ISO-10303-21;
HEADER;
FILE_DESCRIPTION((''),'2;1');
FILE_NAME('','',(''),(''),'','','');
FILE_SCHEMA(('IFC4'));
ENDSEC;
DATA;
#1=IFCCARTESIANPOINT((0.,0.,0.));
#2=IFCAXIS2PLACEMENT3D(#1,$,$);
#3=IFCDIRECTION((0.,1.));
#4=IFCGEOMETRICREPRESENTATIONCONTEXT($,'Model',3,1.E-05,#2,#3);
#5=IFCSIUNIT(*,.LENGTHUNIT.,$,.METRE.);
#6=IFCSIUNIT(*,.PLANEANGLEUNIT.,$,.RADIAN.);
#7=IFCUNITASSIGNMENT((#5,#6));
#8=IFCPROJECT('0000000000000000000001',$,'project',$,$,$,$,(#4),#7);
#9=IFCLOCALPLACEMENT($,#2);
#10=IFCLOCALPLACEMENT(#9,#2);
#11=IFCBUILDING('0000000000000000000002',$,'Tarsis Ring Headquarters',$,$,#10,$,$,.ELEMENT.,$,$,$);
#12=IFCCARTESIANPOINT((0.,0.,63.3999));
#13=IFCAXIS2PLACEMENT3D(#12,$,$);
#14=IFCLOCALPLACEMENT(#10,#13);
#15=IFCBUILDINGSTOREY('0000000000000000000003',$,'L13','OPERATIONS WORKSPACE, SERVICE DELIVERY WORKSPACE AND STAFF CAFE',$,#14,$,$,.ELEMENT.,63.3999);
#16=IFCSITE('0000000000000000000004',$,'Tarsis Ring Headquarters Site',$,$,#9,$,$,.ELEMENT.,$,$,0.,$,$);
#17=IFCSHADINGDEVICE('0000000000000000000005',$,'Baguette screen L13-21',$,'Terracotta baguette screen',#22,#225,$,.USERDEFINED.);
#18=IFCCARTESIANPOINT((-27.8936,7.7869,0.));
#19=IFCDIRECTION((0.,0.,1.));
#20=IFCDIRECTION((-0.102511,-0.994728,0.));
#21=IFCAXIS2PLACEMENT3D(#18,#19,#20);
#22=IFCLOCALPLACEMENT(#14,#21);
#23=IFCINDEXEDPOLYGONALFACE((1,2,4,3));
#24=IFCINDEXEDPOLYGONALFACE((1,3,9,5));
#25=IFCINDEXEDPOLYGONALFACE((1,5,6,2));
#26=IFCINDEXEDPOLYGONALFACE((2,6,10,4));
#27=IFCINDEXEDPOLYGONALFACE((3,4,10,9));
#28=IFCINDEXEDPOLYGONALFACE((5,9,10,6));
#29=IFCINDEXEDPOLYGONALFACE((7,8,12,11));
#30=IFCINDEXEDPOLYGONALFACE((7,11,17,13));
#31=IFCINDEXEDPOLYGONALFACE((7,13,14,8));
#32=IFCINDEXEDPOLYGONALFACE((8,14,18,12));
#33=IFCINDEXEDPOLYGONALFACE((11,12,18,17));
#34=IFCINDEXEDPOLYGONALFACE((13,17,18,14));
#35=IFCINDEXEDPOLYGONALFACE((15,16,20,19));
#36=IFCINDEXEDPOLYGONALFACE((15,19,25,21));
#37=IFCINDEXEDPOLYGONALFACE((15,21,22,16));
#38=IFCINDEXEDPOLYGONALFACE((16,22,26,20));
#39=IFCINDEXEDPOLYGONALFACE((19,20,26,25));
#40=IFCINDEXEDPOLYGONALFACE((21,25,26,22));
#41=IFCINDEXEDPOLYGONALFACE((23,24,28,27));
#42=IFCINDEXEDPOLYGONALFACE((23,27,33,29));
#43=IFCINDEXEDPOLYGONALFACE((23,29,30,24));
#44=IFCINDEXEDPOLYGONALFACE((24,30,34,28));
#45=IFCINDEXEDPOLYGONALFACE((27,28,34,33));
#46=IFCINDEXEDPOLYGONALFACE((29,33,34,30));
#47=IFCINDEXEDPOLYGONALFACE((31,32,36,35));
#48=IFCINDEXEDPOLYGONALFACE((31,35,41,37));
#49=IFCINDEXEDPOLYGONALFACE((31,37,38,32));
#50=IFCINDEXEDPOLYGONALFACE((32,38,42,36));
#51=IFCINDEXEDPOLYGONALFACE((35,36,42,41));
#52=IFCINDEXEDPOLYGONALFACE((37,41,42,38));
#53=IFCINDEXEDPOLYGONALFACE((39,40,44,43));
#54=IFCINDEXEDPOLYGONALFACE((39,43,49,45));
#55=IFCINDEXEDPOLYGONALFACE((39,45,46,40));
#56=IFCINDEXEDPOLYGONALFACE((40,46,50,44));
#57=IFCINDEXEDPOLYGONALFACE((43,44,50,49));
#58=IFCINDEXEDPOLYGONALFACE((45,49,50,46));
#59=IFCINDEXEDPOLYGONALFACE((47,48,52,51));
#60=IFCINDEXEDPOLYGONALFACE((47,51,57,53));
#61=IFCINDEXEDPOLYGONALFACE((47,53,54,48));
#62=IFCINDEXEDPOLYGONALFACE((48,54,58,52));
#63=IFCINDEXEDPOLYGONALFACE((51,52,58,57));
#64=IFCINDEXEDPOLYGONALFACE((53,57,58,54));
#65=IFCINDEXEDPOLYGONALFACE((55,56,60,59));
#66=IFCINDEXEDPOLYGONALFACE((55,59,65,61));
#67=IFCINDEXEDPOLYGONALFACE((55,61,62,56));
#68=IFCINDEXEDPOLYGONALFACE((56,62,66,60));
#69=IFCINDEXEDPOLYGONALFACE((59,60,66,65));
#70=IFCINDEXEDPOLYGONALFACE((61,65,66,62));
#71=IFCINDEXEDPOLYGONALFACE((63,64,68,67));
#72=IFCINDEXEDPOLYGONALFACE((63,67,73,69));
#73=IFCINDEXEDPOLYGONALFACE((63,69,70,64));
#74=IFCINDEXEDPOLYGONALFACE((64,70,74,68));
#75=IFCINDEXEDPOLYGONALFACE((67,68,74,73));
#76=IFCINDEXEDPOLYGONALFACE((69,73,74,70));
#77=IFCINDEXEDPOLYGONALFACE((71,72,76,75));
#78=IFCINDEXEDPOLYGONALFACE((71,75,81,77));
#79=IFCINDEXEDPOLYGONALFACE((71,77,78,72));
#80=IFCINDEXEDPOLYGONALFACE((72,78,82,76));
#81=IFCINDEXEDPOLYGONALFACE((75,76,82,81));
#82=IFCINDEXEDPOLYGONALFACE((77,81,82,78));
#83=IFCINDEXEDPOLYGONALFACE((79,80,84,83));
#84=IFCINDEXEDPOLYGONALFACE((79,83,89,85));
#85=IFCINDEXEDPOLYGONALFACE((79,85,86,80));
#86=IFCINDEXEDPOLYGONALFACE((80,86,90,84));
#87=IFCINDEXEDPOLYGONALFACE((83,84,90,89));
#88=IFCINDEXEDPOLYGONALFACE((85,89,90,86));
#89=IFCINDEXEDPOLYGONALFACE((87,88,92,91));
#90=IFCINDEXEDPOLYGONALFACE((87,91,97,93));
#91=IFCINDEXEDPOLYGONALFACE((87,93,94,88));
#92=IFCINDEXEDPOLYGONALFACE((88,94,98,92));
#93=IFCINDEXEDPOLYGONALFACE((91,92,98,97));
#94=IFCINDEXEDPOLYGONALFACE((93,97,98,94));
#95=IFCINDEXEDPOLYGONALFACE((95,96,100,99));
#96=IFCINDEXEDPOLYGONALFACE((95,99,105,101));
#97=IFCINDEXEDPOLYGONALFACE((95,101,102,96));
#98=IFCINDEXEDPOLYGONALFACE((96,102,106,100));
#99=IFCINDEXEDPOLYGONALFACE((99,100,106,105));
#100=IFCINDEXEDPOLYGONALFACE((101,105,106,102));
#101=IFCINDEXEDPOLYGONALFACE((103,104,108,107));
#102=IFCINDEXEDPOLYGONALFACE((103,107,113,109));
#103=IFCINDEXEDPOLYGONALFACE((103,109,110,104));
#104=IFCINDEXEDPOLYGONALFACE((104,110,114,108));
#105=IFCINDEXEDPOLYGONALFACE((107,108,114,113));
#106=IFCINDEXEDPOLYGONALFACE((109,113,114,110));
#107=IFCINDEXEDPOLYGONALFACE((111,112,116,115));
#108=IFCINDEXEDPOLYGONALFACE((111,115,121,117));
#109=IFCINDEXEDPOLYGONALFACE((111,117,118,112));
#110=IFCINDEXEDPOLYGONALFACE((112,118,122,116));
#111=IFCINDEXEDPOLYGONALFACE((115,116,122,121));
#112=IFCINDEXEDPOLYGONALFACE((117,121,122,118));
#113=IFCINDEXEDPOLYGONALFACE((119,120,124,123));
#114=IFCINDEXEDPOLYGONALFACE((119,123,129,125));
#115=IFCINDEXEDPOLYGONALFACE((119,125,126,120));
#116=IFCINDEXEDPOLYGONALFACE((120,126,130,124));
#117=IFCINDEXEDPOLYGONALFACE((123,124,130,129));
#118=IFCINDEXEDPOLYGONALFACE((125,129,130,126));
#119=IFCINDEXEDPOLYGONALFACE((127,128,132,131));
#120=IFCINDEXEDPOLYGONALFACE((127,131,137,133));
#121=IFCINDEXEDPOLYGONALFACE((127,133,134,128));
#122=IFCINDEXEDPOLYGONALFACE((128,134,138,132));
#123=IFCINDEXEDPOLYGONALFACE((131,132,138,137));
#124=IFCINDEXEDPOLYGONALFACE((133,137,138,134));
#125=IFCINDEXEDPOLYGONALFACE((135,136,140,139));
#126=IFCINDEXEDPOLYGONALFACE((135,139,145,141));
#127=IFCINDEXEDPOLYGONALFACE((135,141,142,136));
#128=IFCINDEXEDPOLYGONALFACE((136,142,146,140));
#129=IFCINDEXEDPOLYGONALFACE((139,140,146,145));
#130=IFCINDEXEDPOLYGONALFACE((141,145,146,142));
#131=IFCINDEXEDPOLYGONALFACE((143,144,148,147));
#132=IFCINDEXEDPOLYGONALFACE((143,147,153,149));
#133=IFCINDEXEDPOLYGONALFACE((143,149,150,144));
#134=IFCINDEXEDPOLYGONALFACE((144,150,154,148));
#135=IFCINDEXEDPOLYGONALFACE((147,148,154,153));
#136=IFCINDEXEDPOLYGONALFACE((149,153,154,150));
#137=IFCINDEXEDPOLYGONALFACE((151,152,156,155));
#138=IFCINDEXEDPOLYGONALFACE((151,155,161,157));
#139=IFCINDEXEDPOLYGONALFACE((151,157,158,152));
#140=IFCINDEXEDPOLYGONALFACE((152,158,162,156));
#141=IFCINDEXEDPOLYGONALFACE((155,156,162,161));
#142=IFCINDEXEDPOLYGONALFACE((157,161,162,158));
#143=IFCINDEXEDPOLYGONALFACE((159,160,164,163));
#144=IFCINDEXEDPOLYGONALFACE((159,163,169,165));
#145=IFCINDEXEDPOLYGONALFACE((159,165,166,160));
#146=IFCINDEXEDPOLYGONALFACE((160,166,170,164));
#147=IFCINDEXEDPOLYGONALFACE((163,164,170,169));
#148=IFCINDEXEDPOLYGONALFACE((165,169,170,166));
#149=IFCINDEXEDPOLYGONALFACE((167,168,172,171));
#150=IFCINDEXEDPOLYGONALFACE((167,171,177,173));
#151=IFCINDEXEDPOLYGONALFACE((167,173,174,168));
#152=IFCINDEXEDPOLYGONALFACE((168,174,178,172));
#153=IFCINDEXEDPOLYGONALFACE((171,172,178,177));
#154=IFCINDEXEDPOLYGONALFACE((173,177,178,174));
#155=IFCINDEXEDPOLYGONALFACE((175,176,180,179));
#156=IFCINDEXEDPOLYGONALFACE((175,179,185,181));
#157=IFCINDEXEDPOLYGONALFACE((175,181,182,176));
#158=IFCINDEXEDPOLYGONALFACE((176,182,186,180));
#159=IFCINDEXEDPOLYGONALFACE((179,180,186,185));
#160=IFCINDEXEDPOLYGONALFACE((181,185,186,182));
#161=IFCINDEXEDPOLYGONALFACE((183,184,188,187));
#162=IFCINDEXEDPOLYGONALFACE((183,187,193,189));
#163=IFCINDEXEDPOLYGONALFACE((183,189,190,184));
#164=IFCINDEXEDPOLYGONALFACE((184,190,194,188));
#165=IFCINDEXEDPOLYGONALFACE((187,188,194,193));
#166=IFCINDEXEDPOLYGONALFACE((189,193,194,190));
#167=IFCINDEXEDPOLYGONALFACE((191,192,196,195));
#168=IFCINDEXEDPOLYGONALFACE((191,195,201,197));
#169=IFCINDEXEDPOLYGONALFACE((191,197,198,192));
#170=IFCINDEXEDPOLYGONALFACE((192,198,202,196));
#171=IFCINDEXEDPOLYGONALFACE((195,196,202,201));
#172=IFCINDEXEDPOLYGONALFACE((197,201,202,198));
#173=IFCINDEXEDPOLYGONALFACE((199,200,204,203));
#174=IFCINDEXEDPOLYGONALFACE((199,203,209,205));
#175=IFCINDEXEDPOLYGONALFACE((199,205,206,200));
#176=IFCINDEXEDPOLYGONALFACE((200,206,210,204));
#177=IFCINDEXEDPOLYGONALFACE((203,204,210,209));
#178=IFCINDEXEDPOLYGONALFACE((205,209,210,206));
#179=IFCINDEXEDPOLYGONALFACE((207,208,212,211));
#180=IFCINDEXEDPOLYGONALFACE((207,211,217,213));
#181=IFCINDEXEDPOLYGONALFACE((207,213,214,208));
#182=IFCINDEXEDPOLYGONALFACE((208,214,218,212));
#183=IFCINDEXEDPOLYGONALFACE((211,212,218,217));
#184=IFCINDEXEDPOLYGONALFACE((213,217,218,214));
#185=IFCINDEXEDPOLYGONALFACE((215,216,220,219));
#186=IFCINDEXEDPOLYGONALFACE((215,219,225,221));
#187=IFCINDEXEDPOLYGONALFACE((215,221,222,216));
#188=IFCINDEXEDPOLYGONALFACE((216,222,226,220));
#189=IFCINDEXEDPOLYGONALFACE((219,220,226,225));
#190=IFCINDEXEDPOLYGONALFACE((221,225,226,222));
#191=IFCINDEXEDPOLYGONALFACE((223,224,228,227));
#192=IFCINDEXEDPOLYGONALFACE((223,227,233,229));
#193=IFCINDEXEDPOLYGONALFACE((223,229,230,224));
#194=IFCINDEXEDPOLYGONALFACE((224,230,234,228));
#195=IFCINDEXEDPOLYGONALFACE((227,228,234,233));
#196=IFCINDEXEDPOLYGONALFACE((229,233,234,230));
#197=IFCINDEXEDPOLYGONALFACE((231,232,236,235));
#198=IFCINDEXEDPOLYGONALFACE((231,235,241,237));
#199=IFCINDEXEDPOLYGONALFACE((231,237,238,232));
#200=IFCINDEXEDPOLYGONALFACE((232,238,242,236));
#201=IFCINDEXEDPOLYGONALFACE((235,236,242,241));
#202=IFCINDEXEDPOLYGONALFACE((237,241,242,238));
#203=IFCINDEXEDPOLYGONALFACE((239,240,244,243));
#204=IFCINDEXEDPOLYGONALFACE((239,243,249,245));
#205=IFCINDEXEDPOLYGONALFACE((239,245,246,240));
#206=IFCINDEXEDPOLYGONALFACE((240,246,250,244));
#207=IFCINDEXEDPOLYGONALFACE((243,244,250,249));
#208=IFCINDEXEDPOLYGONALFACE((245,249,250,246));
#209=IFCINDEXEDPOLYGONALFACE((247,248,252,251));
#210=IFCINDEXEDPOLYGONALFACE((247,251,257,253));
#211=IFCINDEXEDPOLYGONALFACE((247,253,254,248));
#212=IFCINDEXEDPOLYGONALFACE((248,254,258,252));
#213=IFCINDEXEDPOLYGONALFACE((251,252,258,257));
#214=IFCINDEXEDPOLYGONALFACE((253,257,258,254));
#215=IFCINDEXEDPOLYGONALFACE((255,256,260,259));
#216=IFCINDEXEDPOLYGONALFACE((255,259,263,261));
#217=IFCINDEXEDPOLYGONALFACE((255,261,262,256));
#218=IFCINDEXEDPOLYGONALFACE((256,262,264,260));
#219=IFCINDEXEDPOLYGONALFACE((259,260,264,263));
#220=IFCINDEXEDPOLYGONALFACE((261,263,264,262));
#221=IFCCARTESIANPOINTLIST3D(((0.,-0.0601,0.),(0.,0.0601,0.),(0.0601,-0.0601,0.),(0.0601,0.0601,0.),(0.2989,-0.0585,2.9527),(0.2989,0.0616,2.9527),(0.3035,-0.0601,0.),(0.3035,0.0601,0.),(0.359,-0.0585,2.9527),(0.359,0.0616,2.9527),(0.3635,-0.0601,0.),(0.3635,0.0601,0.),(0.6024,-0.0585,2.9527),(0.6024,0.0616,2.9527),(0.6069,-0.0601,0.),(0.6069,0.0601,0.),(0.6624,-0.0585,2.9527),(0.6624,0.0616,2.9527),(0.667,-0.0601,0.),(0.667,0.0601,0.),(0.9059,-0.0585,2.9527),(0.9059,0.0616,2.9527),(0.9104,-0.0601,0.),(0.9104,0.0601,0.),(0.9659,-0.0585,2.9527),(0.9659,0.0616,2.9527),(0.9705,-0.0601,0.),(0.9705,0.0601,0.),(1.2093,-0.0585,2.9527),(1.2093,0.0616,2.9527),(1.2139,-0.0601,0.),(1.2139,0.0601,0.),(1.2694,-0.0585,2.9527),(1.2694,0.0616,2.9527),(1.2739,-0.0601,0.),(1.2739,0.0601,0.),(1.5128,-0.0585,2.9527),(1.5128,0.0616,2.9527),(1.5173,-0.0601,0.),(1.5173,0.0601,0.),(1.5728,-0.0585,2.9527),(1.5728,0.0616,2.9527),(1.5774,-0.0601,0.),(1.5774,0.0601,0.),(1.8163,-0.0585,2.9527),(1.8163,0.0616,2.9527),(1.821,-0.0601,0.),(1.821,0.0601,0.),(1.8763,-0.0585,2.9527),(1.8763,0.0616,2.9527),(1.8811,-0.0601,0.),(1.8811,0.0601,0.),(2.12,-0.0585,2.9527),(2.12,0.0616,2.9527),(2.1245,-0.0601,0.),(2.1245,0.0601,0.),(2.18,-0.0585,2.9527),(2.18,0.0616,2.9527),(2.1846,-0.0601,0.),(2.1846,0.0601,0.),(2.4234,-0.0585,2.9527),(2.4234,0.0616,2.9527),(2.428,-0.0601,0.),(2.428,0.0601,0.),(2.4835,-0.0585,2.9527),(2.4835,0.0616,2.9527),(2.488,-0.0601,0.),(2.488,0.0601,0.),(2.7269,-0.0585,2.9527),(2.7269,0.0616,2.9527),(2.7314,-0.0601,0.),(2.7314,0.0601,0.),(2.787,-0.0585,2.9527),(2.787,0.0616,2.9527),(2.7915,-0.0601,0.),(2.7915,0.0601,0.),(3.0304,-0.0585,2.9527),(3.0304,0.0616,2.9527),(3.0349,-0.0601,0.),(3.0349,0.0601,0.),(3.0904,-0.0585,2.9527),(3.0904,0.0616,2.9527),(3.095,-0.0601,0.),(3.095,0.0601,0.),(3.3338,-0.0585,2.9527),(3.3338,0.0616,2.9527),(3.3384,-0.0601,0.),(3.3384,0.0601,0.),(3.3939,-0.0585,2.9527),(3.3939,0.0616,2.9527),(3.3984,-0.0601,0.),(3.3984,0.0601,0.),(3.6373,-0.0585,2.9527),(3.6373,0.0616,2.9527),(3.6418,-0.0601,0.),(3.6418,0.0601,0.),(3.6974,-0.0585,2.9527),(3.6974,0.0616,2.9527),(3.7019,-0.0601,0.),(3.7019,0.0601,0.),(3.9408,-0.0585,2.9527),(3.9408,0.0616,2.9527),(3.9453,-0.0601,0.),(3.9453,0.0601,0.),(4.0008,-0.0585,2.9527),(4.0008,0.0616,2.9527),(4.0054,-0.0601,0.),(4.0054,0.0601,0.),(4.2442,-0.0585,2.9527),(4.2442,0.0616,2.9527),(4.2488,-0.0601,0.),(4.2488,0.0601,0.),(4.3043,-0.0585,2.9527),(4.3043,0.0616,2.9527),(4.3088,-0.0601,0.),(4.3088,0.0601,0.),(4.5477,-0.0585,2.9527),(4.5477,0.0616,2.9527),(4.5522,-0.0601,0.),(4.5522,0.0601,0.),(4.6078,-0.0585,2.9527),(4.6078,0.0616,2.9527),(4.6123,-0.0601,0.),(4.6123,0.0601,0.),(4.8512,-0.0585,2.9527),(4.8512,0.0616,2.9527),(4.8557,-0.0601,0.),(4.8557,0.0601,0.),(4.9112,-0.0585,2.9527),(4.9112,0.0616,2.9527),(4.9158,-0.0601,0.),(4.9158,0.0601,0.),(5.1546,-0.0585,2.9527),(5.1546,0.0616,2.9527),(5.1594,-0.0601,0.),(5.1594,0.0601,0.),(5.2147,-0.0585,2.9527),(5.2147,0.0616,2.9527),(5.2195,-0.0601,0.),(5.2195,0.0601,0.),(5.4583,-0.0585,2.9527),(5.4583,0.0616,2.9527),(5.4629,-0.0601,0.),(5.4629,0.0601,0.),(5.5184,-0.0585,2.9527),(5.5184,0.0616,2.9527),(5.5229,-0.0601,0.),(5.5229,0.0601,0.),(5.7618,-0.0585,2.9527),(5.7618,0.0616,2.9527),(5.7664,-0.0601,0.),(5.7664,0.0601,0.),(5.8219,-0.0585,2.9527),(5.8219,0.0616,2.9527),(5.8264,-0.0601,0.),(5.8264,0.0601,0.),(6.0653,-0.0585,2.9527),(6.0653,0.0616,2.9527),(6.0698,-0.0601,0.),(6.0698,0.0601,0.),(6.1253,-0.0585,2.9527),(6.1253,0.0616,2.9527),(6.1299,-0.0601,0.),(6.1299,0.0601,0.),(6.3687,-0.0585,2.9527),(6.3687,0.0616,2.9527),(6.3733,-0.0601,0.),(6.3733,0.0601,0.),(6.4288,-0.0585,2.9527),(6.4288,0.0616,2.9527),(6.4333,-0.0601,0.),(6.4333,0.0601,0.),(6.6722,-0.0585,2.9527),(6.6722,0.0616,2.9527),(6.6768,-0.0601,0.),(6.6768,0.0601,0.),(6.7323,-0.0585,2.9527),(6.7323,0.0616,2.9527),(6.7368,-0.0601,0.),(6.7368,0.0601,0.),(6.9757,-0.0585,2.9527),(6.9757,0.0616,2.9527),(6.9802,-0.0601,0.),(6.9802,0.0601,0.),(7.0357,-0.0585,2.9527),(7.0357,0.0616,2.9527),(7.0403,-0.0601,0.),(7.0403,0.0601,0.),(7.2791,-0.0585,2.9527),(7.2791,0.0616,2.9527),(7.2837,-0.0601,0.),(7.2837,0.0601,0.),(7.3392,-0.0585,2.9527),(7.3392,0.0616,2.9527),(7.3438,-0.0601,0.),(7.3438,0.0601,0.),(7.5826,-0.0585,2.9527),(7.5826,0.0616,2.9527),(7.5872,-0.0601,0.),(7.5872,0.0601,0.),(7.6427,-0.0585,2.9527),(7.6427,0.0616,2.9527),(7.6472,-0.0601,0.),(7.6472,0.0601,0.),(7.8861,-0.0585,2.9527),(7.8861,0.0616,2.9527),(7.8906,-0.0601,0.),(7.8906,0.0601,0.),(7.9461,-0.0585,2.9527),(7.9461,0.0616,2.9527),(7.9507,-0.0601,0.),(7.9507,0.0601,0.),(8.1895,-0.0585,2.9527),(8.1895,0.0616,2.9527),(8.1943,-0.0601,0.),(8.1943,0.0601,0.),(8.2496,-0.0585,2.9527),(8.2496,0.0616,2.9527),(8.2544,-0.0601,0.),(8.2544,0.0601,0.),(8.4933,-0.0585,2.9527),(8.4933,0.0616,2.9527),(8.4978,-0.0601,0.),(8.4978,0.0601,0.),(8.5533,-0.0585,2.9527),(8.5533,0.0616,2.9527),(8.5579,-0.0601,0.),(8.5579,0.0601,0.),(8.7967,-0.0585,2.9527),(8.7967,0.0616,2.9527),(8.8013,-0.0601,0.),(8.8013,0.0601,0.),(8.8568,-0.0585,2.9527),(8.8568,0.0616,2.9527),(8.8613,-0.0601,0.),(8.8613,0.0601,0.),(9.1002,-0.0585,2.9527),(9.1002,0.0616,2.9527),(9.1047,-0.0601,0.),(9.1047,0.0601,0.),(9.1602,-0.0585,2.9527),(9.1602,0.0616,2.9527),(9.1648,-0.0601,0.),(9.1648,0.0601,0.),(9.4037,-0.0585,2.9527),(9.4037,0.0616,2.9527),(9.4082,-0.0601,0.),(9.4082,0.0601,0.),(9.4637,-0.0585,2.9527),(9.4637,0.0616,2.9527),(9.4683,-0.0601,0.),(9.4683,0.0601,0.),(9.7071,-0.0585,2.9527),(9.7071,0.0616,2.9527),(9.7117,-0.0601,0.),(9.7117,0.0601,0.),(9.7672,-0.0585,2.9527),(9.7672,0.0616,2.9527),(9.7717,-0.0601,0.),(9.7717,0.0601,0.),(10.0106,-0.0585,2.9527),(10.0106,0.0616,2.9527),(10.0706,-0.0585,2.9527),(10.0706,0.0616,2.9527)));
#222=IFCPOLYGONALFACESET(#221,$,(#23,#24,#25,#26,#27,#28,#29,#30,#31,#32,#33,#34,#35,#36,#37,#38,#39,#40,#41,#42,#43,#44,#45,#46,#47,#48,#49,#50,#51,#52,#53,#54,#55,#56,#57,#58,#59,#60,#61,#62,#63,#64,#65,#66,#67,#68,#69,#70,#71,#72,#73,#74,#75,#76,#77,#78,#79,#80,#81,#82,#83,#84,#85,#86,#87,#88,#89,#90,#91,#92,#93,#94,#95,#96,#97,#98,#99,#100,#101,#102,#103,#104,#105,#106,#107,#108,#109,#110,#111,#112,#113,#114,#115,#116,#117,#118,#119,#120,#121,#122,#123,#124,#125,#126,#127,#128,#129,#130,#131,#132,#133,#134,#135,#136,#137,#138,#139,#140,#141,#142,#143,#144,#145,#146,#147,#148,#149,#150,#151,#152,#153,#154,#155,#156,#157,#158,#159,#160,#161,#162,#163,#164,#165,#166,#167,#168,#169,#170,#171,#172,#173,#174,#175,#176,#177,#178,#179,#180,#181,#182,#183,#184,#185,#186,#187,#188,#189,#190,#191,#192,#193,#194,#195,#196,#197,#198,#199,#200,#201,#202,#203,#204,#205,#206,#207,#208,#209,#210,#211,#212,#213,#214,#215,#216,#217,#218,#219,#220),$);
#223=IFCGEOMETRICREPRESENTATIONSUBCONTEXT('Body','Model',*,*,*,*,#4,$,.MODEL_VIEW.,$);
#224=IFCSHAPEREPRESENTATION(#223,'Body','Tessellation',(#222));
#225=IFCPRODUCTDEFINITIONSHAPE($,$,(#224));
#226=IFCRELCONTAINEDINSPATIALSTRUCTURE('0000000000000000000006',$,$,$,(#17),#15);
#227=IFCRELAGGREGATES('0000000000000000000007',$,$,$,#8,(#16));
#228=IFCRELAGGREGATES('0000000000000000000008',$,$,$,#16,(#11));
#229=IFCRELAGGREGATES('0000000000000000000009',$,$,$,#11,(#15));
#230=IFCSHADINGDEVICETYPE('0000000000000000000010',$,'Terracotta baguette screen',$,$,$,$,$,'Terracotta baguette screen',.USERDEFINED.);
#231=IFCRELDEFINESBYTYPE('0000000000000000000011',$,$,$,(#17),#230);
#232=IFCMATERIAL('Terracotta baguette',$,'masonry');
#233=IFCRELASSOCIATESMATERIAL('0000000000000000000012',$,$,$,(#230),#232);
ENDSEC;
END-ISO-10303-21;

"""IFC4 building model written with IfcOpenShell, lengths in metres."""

from ifc_helpers import new_model, si_unit, direction, frame, frame_2d, origin, place, context, subcontext, project, spatial, rectangle, composite_profile, extrude, material, type_object, element, save


model = new_model("IFC4")

# Units and contexts
model_context = context("Model", 3, precision=1e-05, world=origin(), true_north=direction((0.0, 1.0)))
body_context = subcontext(model_context, "Body", "Model", "MODEL_VIEW")
ifc_project = project(units=[si_unit("LENGTHUNIT", "METRE"), si_unit("PLANEANGLEUNIT", "RADIAN")], contexts=[model_context])

# Site, building, storey
site_placement = place(None, origin())
site = spatial("IfcSite", under=ifc_project, at=site_placement, Name="Tarsis Ring Headquarters Site", CompositionType="ELEMENT", RefElevation=0.0)
building_placement = place(site_placement, origin())
building = spatial("IfcBuilding", under=site, at=building_placement, Name="Tarsis Ring Headquarters", CompositionType="ELEMENT")
storey_placement = place(building_placement, frame((0.0, 0.0, 63.3999)))
storey = spatial("IfcBuildingStorey", under=building, at=storey_placement, Name="L13", Description="OPERATIONS WORKSPACE, SERVICE DELIVERY WORKSPACE AND STAFF CAFE", CompositionType="ELEMENT", Elevation=63.3999)

# Shading device
ifc_material_1 = material(Name="Terracotta baguette", Category="masonry")
shading_device_type = type_object("IfcShadingDeviceType", Name="Terracotta baguette screen", ElementType="Terracotta baguette screen", PredefinedType="USERDEFINED", material=ifc_material_1)
shading_device_placement = place(storey_placement, frame((-27.8936, 7.7869, 0.0), z_axis=(0.0, 0.0, 1.0), x_axis=(-0.102511, -0.994728, 0.0)))
element("IfcShadingDevice", 1, at=shading_device_placement, inside=storey, type_object=shading_device_type, Name="Baguette screen L13-21", ObjectType="Terracotta baguette screen", PredefinedType="USERDEFINED", context=body_context, shape_type="SweptSolid", body=[
    extrude(composite_profile([rectangle(XDim=0.0601, YDim=0.1201, at=frame_2d((0.03, 0.0))), rectangle(XDim=0.0601, YDim=0.1201, at=frame_2d((0.3335, 0.0))), rectangle(XDim=0.0601, YDim=0.1201, at=frame_2d((0.637, 0.0))), rectangle(XDim=0.0601, YDim=0.1201, at=frame_2d((0.9404, 0.0))), rectangle(XDim=0.0601, YDim=0.1201, at=frame_2d((1.2439, 0.0))), rectangle(XDim=0.0601, YDim=0.1201, at=frame_2d((1.5474, 0.0))), rectangle(XDim=0.0601, YDim=0.1201, at=frame_2d((1.8511, 0.0))), rectangle(XDim=0.0601, YDim=0.1201, at=frame_2d((2.1545, 0.0))), rectangle(XDim=0.0601, YDim=0.1201, at=frame_2d((2.458, 0.0))), rectangle(XDim=0.0601, YDim=0.1201, at=frame_2d((2.7615, 0.0))), rectangle(XDim=0.0601, YDim=0.1201, at=frame_2d((3.0649, 0.0))), rectangle(XDim=0.0601, YDim=0.1201, at=frame_2d((3.3684, 0.0))), rectangle(XDim=0.0601, YDim=0.1201, at=frame_2d((3.6719, 0.0))), rectangle(XDim=0.0601, YDim=0.1201, at=frame_2d((3.9753, 0.0))), rectangle(XDim=0.0601, YDim=0.1201, at=frame_2d((4.2788, 0.0))), rectangle(XDim=0.0601, YDim=0.1201, at=frame_2d((4.5823, 0.0))), rectangle(XDim=0.0601, YDim=0.1201, at=frame_2d((4.8857, 0.0))), rectangle(XDim=0.0601, YDim=0.1201, at=frame_2d((5.1895, 0.0))), rectangle(XDim=0.0601, YDim=0.1201, at=frame_2d((5.4929, 0.0))), rectangle(XDim=0.0601, YDim=0.1201, at=frame_2d((5.7964, 0.0))), rectangle(XDim=0.0601, YDim=0.1201, at=frame_2d((6.0999, 0.0))), rectangle(XDim=0.0601, YDim=0.1201, at=frame_2d((6.4033, 0.0))), rectangle(XDim=0.0601, YDim=0.1201, at=frame_2d((6.7068, 0.0))), rectangle(XDim=0.0601, YDim=0.1201, at=frame_2d((7.0103, 0.0))), rectangle(XDim=0.0601, YDim=0.1201, at=frame_2d((7.3137, 0.0))), rectangle(XDim=0.0601, YDim=0.1201, at=frame_2d((7.6172, 0.0))), rectangle(XDim=0.0601, YDim=0.1201, at=frame_2d((7.9207, 0.0))), rectangle(XDim=0.0601, YDim=0.1201, at=frame_2d((8.2244, 0.0))), rectangle(XDim=0.0601, YDim=0.1201, at=frame_2d((8.5278, 0.0))), rectangle(XDim=0.0601, YDim=0.1201, at=frame_2d((8.8313, 0.0))), rectangle(XDim=0.0601, YDim=0.1201, at=frame_2d((9.1348, 0.0))), rectangle(XDim=0.0601, YDim=0.1201, at=frame_2d((9.4382, 0.0))), rectangle(XDim=0.0601, YDim=0.1201, at=frame_2d((9.7417, 0.0)))]), origin(), (0.100722, 0.000525, 0.994914), 2.9678),
])

save(model, "model.ifc")
